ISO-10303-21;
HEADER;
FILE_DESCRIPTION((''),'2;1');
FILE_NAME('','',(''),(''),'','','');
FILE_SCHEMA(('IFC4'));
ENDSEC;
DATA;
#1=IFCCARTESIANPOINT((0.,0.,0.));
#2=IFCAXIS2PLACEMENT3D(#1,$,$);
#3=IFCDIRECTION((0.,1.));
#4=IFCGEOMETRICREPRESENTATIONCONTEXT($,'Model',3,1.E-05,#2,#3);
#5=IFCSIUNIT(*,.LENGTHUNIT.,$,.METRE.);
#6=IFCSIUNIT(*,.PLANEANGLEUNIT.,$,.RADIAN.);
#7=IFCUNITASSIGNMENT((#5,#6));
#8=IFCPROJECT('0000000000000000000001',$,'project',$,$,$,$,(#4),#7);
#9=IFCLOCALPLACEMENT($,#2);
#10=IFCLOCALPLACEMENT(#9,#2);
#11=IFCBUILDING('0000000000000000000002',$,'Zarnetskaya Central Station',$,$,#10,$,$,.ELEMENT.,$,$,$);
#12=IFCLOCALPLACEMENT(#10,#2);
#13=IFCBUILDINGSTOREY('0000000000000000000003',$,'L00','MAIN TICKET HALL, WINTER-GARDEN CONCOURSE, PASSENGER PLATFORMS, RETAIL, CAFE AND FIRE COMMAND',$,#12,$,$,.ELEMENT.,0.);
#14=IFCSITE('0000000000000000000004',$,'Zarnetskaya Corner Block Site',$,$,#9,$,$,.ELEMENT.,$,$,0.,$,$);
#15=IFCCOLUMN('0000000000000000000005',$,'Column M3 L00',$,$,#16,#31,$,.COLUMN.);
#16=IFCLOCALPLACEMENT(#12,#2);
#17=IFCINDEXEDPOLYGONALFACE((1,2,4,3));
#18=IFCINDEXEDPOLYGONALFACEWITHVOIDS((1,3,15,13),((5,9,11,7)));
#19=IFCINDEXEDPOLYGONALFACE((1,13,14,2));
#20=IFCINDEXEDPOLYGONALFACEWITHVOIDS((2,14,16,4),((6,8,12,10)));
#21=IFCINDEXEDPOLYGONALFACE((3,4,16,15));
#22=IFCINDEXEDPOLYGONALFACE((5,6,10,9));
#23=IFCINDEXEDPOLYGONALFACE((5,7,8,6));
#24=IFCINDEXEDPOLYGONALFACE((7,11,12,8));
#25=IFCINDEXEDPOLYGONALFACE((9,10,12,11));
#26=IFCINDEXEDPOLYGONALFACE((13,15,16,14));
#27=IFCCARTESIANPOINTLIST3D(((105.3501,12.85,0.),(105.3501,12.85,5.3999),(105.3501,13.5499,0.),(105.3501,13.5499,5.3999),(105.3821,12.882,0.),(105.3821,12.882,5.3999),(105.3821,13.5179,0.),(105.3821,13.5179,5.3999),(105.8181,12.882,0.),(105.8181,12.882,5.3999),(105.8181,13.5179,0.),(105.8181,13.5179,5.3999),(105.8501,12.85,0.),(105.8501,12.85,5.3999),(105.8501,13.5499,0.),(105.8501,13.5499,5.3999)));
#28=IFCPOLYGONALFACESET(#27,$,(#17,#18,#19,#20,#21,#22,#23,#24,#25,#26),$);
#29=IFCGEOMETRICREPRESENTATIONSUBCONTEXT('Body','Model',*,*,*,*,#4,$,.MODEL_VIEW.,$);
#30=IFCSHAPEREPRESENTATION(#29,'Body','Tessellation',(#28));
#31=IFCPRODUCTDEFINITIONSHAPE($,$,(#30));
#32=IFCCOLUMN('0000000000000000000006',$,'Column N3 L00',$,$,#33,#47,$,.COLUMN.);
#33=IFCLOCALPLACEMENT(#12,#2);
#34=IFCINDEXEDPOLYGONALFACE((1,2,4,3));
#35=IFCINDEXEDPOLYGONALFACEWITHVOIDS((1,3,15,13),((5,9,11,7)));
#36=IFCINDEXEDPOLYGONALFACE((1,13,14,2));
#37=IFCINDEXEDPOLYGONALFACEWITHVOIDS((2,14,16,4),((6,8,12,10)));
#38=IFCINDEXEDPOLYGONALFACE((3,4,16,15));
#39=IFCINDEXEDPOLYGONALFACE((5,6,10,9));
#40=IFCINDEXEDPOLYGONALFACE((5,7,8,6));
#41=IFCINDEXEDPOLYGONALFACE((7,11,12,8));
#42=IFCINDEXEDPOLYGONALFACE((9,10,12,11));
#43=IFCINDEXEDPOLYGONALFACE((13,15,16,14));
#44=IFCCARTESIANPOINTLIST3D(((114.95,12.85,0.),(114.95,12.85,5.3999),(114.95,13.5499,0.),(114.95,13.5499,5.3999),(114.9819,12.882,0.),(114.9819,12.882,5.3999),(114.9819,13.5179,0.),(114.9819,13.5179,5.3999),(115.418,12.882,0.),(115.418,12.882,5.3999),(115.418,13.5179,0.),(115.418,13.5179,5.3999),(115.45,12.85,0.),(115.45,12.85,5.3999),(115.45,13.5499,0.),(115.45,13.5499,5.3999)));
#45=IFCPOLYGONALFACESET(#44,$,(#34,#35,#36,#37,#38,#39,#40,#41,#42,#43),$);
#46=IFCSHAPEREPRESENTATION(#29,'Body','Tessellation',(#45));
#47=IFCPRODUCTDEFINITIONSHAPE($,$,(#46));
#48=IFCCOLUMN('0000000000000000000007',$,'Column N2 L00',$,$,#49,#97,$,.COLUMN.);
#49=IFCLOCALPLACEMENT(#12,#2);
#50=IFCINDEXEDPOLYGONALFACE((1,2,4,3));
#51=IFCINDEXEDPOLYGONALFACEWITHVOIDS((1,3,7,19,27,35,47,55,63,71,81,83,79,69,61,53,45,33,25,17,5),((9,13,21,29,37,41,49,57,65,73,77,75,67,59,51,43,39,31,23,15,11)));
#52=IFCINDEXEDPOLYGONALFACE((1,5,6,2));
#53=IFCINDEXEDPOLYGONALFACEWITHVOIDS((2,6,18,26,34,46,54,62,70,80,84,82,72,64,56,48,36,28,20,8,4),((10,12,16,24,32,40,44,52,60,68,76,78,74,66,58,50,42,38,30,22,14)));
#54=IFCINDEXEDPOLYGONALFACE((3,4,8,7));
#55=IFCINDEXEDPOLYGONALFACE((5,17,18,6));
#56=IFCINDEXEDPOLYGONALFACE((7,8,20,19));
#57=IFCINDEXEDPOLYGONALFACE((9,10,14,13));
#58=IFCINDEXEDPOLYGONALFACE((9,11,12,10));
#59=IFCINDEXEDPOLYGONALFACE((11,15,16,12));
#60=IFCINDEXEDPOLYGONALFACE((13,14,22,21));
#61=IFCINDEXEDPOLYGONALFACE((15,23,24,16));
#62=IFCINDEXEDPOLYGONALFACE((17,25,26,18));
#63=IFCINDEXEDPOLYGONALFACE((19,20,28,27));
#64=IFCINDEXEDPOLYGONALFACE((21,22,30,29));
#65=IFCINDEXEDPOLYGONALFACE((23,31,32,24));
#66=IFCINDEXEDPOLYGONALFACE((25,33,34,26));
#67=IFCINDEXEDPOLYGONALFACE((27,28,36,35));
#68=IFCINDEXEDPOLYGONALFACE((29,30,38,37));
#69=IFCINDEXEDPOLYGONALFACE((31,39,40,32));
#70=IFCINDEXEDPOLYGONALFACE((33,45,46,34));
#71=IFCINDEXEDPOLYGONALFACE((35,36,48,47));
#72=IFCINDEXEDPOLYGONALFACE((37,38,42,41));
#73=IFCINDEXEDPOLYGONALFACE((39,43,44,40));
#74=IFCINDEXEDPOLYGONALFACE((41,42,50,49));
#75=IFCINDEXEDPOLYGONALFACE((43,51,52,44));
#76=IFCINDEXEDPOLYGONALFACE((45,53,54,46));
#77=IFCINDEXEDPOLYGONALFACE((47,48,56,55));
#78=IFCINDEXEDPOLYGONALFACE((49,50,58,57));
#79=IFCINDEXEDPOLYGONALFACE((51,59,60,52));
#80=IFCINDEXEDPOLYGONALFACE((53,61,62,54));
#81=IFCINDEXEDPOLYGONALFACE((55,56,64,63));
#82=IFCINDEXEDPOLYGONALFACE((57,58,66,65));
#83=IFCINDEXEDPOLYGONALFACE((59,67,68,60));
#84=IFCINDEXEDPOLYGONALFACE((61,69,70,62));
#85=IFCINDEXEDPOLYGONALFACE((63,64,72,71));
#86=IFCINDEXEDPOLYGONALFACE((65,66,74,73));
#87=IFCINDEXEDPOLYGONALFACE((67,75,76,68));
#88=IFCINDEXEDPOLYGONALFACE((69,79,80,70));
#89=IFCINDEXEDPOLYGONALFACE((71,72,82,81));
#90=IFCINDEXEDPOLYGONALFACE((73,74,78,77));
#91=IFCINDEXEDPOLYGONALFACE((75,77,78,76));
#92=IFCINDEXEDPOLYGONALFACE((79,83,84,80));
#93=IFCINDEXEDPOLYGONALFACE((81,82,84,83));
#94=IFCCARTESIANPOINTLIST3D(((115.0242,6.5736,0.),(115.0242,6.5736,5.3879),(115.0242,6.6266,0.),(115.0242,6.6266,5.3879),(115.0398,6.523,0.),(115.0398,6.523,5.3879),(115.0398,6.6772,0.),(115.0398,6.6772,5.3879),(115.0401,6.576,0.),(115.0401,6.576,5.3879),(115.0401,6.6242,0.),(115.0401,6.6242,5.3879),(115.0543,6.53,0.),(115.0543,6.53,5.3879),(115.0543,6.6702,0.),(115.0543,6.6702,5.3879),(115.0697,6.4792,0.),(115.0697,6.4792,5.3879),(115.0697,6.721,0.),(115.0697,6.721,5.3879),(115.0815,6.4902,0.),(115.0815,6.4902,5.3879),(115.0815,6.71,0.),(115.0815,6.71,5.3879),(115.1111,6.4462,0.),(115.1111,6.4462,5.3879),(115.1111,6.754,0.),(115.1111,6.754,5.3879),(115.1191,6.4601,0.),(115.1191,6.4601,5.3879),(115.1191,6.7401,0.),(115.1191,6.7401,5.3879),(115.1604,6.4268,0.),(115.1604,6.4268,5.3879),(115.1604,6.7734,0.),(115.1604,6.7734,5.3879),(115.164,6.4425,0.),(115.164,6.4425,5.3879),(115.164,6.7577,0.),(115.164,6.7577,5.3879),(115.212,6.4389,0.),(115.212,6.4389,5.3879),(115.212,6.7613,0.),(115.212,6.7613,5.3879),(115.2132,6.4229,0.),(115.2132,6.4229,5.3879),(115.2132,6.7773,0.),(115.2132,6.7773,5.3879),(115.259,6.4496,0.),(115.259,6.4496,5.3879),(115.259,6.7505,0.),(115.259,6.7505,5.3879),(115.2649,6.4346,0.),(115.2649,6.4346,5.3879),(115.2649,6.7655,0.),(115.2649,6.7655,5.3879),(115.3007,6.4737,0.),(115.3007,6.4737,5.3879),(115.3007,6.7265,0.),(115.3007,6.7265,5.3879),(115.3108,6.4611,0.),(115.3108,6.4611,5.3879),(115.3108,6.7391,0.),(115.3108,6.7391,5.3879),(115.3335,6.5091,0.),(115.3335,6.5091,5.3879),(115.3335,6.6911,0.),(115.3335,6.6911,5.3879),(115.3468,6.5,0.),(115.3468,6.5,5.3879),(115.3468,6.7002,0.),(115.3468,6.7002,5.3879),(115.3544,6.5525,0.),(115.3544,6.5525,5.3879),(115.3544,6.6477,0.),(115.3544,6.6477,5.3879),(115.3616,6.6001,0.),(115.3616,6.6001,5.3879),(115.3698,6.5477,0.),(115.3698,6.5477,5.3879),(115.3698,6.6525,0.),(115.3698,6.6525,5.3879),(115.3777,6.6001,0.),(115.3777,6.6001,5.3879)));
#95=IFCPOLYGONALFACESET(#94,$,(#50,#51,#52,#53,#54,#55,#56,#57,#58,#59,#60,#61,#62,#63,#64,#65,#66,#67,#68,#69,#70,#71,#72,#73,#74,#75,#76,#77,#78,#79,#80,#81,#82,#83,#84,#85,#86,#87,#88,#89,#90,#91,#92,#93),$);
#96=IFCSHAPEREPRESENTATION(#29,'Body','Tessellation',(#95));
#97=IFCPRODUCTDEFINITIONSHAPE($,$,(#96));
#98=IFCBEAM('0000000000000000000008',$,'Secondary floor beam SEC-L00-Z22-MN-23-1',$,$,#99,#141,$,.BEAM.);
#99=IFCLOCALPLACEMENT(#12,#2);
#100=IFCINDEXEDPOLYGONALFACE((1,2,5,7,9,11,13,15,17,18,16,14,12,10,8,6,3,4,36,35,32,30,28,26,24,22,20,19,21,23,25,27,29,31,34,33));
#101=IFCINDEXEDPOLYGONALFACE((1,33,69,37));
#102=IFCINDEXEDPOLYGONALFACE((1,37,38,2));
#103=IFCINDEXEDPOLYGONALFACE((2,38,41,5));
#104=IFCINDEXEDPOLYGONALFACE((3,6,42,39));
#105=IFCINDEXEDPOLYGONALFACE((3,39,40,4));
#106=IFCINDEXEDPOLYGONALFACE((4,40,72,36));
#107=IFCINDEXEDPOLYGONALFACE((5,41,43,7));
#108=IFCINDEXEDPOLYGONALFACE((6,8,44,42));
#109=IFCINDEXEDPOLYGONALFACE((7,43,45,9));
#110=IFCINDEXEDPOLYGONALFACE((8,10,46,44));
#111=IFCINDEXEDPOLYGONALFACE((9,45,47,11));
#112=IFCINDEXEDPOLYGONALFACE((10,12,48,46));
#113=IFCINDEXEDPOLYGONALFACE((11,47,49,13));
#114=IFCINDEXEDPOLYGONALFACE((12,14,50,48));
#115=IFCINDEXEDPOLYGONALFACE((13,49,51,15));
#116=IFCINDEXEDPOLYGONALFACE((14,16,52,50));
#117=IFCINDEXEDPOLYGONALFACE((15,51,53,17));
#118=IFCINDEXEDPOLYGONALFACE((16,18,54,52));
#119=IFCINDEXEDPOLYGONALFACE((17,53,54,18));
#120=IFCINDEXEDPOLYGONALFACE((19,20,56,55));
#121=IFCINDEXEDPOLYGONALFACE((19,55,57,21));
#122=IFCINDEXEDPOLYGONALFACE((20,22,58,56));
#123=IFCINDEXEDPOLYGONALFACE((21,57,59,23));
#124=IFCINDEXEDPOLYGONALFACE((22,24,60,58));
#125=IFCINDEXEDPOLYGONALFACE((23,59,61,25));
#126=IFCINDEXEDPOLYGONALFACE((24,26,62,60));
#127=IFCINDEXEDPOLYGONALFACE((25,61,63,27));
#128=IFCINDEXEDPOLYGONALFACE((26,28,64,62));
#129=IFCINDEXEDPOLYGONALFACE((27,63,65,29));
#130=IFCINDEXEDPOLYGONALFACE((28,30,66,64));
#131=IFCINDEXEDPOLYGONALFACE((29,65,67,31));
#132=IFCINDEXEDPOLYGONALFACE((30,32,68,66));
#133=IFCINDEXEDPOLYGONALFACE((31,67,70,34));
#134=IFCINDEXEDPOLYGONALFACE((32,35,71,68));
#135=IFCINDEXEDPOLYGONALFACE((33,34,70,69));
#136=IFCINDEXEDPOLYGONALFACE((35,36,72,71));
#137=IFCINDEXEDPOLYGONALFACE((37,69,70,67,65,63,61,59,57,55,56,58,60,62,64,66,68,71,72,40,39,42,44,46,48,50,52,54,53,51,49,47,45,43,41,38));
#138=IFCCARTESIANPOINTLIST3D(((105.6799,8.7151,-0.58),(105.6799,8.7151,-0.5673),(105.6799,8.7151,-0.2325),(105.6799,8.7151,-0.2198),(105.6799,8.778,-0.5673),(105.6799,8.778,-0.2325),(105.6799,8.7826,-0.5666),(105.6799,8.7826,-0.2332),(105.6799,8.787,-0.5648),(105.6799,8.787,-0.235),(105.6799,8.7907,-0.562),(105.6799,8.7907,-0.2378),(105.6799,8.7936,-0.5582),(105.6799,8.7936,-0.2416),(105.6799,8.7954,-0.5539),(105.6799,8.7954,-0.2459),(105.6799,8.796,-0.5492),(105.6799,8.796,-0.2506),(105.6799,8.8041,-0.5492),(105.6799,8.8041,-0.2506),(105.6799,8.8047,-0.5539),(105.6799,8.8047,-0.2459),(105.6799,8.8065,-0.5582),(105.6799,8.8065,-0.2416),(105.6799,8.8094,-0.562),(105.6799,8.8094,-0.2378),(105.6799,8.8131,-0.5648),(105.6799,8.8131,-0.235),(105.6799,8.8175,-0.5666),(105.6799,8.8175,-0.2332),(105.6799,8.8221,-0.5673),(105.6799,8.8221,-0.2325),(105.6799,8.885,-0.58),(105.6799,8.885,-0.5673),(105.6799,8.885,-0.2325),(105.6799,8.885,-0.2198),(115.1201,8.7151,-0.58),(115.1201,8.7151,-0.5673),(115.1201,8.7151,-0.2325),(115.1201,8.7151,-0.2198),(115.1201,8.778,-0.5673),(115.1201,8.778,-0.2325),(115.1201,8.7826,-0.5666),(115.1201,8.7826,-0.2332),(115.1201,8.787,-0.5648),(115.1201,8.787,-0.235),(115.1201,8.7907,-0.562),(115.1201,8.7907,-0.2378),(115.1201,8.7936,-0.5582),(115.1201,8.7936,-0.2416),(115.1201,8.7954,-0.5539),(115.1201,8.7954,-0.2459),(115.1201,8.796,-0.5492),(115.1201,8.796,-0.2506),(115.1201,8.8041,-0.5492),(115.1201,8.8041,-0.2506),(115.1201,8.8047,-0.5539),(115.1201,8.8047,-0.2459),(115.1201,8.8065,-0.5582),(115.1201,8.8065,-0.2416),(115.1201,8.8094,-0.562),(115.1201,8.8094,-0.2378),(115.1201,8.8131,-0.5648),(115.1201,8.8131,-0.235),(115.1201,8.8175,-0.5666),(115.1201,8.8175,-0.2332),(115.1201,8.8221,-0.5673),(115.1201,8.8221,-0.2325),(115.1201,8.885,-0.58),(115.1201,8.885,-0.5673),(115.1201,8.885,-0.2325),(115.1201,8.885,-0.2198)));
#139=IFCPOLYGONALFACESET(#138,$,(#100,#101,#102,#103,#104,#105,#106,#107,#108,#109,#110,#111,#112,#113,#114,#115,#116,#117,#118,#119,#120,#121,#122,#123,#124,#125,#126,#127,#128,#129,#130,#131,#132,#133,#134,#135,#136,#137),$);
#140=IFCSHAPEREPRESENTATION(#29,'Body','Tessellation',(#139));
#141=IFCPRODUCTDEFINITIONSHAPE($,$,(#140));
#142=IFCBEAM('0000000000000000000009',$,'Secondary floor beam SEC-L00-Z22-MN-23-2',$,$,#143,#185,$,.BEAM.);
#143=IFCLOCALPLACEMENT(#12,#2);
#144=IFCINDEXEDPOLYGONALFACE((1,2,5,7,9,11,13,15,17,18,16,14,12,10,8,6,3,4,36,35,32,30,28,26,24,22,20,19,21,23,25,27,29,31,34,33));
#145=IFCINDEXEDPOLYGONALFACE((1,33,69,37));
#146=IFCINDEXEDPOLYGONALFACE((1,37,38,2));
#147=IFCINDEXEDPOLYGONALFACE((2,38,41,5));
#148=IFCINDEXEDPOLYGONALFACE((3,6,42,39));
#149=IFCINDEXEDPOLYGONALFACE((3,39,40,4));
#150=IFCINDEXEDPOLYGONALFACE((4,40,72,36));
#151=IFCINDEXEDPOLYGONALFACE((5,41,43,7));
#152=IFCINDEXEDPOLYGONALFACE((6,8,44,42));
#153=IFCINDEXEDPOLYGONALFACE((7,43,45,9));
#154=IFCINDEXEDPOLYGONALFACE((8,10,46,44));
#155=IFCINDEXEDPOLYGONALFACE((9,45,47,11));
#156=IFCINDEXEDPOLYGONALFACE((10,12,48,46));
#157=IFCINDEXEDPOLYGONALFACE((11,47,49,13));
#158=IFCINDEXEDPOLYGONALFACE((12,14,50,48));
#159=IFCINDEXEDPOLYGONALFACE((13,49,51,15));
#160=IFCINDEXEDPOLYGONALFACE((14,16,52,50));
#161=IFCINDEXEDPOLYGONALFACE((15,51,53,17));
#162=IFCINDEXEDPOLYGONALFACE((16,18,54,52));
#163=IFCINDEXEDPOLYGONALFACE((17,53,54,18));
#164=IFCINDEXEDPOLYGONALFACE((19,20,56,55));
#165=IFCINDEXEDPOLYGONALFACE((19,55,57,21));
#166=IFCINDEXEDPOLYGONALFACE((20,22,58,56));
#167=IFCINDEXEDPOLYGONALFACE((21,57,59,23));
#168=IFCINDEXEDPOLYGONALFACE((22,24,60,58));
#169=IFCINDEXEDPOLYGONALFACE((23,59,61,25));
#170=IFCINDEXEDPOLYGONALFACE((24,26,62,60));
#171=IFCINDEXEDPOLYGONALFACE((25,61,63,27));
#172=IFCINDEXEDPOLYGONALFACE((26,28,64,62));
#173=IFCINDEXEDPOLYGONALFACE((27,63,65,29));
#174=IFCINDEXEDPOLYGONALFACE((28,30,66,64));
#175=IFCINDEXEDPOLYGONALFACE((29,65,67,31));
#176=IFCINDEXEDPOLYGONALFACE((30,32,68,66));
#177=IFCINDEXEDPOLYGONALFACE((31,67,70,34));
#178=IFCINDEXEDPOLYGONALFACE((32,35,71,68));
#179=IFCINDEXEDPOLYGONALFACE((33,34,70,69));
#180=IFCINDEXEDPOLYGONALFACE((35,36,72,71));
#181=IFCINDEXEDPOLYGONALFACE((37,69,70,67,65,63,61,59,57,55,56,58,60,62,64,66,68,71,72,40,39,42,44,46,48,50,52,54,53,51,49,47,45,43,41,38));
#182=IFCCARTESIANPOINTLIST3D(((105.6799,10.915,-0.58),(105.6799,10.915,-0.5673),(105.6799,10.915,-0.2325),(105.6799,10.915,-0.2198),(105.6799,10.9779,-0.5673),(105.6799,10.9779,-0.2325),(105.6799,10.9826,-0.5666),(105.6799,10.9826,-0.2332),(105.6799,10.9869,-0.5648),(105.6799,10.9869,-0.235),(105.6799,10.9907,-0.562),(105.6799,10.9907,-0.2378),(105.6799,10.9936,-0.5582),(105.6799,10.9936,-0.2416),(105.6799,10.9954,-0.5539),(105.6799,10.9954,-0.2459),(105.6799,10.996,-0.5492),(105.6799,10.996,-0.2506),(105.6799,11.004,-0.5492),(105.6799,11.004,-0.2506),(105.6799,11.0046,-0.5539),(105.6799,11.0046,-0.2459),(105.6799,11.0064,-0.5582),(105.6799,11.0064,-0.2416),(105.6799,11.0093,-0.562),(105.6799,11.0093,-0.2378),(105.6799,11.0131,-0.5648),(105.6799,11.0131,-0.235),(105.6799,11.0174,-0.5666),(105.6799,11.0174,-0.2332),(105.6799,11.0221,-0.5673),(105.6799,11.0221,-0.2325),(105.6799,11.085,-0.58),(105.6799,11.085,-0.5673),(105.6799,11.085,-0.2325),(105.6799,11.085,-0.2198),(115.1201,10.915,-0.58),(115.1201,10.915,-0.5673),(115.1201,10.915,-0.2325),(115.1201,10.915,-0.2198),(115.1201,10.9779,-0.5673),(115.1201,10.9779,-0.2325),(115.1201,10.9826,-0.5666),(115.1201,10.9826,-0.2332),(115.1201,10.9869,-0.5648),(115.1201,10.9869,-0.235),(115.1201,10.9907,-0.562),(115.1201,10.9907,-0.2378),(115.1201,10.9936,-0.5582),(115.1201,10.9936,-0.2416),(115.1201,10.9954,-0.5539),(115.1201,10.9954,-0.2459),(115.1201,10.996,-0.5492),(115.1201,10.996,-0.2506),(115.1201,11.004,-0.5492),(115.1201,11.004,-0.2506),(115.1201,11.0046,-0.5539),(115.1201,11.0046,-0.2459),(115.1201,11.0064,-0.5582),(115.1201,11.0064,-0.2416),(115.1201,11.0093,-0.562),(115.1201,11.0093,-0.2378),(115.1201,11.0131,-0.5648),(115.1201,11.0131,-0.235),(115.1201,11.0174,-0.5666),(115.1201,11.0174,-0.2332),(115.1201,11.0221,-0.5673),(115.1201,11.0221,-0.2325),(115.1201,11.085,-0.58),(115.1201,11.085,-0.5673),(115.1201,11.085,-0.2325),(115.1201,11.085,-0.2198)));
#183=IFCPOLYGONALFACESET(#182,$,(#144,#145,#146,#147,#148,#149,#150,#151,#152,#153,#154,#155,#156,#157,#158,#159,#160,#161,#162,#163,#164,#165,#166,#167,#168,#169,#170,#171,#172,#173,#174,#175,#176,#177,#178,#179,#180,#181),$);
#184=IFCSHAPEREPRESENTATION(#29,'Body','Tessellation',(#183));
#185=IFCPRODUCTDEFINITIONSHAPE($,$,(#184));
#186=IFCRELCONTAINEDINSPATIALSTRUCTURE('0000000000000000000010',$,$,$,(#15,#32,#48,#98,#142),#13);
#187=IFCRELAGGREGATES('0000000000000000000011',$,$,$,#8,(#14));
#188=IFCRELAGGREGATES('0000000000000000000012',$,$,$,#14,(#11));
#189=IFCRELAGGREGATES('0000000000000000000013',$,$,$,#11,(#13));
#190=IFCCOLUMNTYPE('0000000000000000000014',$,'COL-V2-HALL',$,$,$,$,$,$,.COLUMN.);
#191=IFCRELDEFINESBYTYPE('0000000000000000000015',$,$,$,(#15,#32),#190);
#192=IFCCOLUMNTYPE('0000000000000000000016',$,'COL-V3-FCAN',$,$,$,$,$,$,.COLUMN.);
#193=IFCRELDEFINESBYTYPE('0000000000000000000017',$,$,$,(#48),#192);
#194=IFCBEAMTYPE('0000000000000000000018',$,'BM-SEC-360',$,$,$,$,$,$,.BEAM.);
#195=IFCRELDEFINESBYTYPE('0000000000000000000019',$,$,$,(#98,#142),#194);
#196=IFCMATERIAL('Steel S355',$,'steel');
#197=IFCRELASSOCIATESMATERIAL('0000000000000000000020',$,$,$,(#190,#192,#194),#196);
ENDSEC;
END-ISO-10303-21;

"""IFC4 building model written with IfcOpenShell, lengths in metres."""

from ifc_helpers import new_model, si_unit, direction, frame, origin, origin_2d, place, context, subcontext, project, spatial, hollow_rectangle, hollow_circle, i_section, extrude, material, material_profile, profile_set, type_object, element, save


model = new_model("IFC4")

# Units and contexts
model_context = context("Model", 3, precision=1e-05, world=origin(), true_north=direction((0.0, 1.0)))
body_context = subcontext(model_context, "Body", "Model", "MODEL_VIEW")
ifc_project = project(units=[si_unit("LENGTHUNIT", "METRE"), si_unit("PLANEANGLEUNIT", "RADIAN")], contexts=[model_context])

# Site, building, storey
site_placement = place(None, origin())
site = spatial("IfcSite", under=ifc_project, at=site_placement, Name="Zarnetskaya Corner Block Site", CompositionType="ELEMENT", RefElevation=0.0)
building_placement = place(site_placement, origin())
building = spatial("IfcBuilding", under=site, at=building_placement, Name="Zarnetskaya Central Station", CompositionType="ELEMENT")
storey_placement = place(building_placement, origin())
storey = spatial("IfcBuildingStorey", under=building, at=storey_placement, Name="L00", Description="MAIN TICKET HALL, WINTER-GARDEN CONCOURSE, PASSENGER PLATFORMS, RETAIL, CAFE AND FIRE COMMAND", CompositionType="ELEMENT", Elevation=0.0)

# Columns
ifc_material_1 = material(Name="Steel S355", Category="steel")
ifc_material_profile_1 = material_profile(ifc_material_1, hollow_rectangle(XDim=0.5, YDim=0.7, WallThickness=0.032, at=origin_2d()), Name="BOX 700x500x32")
ifc_profile_set_1 = profile_set([ifc_material_profile_1], Name="Steel S355")
column_type_1 = type_object("IfcColumnType", Name="COL-V2-HALL", PredefinedType="COLUMN", material=ifc_profile_set_1)
for number, where, z_axis, x_axis, name in (
    (1, (105.6001, 13.2, 0.0), (0.0, 0.0, 1.0), (1.0, 0.0, 0.0), "Column M3 L00"),
    (2, (115.2, 13.2, 0.0), (0.0, 0.0, 1.0), (1.0, 0.0, 0.0), "Column N3 L00"),
):
    element("IfcColumn", number, at=place(storey_placement, frame(where, z_axis=z_axis, x_axis=x_axis)), inside=storey, type_object=column_type_1, Name=name, PredefinedType="COLUMN", context=body_context, shape_type="SweptSolid", body=[
        extrude(hollow_rectangle(XDim=0.5, YDim=0.7, WallThickness=0.032, at=origin_2d()), origin(), (0.0, 0.0, 1.0), 5.3999),
    ])
ifc_material_profile_2 = material_profile(ifc_material_1, hollow_circle(Radius=0.1777, WallThickness=0.0161, at=origin_2d()), Name="CHS 355.6x16")
ifc_profile_set_2 = profile_set([ifc_material_profile_2], Name="Steel S355")
column_type_2 = type_object("IfcColumnType", Name="COL-V3-FCAN", PredefinedType="COLUMN", material=ifc_profile_set_2)
column_placement = place(storey_placement, frame((115.2, 6.6001, 0.0), z_axis=(0.0, 0.0, 1.0), x_axis=(1.0, 0.0, 0.0)))
element("IfcColumn", 3, at=column_placement, inside=storey, type_object=column_type_2, Name="Column N2 L00", PredefinedType="COLUMN", context=body_context, shape_type="SweptSolid", body=[
    extrude(hollow_circle(Radius=0.1777, WallThickness=0.0161, at=origin_2d()), origin(), (0.0, 0.0, 1.0), 5.3879),
])

# Beams
ifc_material_profile_3 = material_profile(ifc_material_1, i_section(OverallWidth=0.1699, OverallDepth=0.3601, WebThickness=0.0081, FlangeThickness=0.0127, FilletRadius=0.0181, at=origin_2d()), Name="IPE 360")
ifc_profile_set_3 = profile_set([ifc_material_profile_3], Name="Steel S355")
beam_type_1 = type_object("IfcBeamType", Name="BM-SEC-360", PredefinedType="BEAM", material=ifc_profile_set_3)
for number, where, z_axis, x_axis, name in (
    (4, (105.6799, 8.8, -0.3999), (1.0, 0.0, 0.0), (0.0, 1.0, 0.0), "Secondary floor beam SEC-L00-Z22-MN-23-1"),
    (5, (105.6799, 11.0, -0.3999), (1.0, 0.0, 0.0), (0.0, 1.0, 0.0), "Secondary floor beam SEC-L00-Z22-MN-23-2"),
):
    element("IfcBeam", number, at=place(storey_placement, frame(where, z_axis=z_axis, x_axis=x_axis)), inside=storey, type_object=beam_type_1, Name=name, PredefinedType="BEAM", context=body_context, shape_type="SweptSolid", body=[
        extrude(i_section(OverallWidth=0.1699, OverallDepth=0.3601, WebThickness=0.0081, FlangeThickness=0.0127, FilletRadius=0.0181, at=origin_2d()), origin(), (0.0, 0.0, 1.0), 9.4402),
    ])

save(model, "model.ifc")
